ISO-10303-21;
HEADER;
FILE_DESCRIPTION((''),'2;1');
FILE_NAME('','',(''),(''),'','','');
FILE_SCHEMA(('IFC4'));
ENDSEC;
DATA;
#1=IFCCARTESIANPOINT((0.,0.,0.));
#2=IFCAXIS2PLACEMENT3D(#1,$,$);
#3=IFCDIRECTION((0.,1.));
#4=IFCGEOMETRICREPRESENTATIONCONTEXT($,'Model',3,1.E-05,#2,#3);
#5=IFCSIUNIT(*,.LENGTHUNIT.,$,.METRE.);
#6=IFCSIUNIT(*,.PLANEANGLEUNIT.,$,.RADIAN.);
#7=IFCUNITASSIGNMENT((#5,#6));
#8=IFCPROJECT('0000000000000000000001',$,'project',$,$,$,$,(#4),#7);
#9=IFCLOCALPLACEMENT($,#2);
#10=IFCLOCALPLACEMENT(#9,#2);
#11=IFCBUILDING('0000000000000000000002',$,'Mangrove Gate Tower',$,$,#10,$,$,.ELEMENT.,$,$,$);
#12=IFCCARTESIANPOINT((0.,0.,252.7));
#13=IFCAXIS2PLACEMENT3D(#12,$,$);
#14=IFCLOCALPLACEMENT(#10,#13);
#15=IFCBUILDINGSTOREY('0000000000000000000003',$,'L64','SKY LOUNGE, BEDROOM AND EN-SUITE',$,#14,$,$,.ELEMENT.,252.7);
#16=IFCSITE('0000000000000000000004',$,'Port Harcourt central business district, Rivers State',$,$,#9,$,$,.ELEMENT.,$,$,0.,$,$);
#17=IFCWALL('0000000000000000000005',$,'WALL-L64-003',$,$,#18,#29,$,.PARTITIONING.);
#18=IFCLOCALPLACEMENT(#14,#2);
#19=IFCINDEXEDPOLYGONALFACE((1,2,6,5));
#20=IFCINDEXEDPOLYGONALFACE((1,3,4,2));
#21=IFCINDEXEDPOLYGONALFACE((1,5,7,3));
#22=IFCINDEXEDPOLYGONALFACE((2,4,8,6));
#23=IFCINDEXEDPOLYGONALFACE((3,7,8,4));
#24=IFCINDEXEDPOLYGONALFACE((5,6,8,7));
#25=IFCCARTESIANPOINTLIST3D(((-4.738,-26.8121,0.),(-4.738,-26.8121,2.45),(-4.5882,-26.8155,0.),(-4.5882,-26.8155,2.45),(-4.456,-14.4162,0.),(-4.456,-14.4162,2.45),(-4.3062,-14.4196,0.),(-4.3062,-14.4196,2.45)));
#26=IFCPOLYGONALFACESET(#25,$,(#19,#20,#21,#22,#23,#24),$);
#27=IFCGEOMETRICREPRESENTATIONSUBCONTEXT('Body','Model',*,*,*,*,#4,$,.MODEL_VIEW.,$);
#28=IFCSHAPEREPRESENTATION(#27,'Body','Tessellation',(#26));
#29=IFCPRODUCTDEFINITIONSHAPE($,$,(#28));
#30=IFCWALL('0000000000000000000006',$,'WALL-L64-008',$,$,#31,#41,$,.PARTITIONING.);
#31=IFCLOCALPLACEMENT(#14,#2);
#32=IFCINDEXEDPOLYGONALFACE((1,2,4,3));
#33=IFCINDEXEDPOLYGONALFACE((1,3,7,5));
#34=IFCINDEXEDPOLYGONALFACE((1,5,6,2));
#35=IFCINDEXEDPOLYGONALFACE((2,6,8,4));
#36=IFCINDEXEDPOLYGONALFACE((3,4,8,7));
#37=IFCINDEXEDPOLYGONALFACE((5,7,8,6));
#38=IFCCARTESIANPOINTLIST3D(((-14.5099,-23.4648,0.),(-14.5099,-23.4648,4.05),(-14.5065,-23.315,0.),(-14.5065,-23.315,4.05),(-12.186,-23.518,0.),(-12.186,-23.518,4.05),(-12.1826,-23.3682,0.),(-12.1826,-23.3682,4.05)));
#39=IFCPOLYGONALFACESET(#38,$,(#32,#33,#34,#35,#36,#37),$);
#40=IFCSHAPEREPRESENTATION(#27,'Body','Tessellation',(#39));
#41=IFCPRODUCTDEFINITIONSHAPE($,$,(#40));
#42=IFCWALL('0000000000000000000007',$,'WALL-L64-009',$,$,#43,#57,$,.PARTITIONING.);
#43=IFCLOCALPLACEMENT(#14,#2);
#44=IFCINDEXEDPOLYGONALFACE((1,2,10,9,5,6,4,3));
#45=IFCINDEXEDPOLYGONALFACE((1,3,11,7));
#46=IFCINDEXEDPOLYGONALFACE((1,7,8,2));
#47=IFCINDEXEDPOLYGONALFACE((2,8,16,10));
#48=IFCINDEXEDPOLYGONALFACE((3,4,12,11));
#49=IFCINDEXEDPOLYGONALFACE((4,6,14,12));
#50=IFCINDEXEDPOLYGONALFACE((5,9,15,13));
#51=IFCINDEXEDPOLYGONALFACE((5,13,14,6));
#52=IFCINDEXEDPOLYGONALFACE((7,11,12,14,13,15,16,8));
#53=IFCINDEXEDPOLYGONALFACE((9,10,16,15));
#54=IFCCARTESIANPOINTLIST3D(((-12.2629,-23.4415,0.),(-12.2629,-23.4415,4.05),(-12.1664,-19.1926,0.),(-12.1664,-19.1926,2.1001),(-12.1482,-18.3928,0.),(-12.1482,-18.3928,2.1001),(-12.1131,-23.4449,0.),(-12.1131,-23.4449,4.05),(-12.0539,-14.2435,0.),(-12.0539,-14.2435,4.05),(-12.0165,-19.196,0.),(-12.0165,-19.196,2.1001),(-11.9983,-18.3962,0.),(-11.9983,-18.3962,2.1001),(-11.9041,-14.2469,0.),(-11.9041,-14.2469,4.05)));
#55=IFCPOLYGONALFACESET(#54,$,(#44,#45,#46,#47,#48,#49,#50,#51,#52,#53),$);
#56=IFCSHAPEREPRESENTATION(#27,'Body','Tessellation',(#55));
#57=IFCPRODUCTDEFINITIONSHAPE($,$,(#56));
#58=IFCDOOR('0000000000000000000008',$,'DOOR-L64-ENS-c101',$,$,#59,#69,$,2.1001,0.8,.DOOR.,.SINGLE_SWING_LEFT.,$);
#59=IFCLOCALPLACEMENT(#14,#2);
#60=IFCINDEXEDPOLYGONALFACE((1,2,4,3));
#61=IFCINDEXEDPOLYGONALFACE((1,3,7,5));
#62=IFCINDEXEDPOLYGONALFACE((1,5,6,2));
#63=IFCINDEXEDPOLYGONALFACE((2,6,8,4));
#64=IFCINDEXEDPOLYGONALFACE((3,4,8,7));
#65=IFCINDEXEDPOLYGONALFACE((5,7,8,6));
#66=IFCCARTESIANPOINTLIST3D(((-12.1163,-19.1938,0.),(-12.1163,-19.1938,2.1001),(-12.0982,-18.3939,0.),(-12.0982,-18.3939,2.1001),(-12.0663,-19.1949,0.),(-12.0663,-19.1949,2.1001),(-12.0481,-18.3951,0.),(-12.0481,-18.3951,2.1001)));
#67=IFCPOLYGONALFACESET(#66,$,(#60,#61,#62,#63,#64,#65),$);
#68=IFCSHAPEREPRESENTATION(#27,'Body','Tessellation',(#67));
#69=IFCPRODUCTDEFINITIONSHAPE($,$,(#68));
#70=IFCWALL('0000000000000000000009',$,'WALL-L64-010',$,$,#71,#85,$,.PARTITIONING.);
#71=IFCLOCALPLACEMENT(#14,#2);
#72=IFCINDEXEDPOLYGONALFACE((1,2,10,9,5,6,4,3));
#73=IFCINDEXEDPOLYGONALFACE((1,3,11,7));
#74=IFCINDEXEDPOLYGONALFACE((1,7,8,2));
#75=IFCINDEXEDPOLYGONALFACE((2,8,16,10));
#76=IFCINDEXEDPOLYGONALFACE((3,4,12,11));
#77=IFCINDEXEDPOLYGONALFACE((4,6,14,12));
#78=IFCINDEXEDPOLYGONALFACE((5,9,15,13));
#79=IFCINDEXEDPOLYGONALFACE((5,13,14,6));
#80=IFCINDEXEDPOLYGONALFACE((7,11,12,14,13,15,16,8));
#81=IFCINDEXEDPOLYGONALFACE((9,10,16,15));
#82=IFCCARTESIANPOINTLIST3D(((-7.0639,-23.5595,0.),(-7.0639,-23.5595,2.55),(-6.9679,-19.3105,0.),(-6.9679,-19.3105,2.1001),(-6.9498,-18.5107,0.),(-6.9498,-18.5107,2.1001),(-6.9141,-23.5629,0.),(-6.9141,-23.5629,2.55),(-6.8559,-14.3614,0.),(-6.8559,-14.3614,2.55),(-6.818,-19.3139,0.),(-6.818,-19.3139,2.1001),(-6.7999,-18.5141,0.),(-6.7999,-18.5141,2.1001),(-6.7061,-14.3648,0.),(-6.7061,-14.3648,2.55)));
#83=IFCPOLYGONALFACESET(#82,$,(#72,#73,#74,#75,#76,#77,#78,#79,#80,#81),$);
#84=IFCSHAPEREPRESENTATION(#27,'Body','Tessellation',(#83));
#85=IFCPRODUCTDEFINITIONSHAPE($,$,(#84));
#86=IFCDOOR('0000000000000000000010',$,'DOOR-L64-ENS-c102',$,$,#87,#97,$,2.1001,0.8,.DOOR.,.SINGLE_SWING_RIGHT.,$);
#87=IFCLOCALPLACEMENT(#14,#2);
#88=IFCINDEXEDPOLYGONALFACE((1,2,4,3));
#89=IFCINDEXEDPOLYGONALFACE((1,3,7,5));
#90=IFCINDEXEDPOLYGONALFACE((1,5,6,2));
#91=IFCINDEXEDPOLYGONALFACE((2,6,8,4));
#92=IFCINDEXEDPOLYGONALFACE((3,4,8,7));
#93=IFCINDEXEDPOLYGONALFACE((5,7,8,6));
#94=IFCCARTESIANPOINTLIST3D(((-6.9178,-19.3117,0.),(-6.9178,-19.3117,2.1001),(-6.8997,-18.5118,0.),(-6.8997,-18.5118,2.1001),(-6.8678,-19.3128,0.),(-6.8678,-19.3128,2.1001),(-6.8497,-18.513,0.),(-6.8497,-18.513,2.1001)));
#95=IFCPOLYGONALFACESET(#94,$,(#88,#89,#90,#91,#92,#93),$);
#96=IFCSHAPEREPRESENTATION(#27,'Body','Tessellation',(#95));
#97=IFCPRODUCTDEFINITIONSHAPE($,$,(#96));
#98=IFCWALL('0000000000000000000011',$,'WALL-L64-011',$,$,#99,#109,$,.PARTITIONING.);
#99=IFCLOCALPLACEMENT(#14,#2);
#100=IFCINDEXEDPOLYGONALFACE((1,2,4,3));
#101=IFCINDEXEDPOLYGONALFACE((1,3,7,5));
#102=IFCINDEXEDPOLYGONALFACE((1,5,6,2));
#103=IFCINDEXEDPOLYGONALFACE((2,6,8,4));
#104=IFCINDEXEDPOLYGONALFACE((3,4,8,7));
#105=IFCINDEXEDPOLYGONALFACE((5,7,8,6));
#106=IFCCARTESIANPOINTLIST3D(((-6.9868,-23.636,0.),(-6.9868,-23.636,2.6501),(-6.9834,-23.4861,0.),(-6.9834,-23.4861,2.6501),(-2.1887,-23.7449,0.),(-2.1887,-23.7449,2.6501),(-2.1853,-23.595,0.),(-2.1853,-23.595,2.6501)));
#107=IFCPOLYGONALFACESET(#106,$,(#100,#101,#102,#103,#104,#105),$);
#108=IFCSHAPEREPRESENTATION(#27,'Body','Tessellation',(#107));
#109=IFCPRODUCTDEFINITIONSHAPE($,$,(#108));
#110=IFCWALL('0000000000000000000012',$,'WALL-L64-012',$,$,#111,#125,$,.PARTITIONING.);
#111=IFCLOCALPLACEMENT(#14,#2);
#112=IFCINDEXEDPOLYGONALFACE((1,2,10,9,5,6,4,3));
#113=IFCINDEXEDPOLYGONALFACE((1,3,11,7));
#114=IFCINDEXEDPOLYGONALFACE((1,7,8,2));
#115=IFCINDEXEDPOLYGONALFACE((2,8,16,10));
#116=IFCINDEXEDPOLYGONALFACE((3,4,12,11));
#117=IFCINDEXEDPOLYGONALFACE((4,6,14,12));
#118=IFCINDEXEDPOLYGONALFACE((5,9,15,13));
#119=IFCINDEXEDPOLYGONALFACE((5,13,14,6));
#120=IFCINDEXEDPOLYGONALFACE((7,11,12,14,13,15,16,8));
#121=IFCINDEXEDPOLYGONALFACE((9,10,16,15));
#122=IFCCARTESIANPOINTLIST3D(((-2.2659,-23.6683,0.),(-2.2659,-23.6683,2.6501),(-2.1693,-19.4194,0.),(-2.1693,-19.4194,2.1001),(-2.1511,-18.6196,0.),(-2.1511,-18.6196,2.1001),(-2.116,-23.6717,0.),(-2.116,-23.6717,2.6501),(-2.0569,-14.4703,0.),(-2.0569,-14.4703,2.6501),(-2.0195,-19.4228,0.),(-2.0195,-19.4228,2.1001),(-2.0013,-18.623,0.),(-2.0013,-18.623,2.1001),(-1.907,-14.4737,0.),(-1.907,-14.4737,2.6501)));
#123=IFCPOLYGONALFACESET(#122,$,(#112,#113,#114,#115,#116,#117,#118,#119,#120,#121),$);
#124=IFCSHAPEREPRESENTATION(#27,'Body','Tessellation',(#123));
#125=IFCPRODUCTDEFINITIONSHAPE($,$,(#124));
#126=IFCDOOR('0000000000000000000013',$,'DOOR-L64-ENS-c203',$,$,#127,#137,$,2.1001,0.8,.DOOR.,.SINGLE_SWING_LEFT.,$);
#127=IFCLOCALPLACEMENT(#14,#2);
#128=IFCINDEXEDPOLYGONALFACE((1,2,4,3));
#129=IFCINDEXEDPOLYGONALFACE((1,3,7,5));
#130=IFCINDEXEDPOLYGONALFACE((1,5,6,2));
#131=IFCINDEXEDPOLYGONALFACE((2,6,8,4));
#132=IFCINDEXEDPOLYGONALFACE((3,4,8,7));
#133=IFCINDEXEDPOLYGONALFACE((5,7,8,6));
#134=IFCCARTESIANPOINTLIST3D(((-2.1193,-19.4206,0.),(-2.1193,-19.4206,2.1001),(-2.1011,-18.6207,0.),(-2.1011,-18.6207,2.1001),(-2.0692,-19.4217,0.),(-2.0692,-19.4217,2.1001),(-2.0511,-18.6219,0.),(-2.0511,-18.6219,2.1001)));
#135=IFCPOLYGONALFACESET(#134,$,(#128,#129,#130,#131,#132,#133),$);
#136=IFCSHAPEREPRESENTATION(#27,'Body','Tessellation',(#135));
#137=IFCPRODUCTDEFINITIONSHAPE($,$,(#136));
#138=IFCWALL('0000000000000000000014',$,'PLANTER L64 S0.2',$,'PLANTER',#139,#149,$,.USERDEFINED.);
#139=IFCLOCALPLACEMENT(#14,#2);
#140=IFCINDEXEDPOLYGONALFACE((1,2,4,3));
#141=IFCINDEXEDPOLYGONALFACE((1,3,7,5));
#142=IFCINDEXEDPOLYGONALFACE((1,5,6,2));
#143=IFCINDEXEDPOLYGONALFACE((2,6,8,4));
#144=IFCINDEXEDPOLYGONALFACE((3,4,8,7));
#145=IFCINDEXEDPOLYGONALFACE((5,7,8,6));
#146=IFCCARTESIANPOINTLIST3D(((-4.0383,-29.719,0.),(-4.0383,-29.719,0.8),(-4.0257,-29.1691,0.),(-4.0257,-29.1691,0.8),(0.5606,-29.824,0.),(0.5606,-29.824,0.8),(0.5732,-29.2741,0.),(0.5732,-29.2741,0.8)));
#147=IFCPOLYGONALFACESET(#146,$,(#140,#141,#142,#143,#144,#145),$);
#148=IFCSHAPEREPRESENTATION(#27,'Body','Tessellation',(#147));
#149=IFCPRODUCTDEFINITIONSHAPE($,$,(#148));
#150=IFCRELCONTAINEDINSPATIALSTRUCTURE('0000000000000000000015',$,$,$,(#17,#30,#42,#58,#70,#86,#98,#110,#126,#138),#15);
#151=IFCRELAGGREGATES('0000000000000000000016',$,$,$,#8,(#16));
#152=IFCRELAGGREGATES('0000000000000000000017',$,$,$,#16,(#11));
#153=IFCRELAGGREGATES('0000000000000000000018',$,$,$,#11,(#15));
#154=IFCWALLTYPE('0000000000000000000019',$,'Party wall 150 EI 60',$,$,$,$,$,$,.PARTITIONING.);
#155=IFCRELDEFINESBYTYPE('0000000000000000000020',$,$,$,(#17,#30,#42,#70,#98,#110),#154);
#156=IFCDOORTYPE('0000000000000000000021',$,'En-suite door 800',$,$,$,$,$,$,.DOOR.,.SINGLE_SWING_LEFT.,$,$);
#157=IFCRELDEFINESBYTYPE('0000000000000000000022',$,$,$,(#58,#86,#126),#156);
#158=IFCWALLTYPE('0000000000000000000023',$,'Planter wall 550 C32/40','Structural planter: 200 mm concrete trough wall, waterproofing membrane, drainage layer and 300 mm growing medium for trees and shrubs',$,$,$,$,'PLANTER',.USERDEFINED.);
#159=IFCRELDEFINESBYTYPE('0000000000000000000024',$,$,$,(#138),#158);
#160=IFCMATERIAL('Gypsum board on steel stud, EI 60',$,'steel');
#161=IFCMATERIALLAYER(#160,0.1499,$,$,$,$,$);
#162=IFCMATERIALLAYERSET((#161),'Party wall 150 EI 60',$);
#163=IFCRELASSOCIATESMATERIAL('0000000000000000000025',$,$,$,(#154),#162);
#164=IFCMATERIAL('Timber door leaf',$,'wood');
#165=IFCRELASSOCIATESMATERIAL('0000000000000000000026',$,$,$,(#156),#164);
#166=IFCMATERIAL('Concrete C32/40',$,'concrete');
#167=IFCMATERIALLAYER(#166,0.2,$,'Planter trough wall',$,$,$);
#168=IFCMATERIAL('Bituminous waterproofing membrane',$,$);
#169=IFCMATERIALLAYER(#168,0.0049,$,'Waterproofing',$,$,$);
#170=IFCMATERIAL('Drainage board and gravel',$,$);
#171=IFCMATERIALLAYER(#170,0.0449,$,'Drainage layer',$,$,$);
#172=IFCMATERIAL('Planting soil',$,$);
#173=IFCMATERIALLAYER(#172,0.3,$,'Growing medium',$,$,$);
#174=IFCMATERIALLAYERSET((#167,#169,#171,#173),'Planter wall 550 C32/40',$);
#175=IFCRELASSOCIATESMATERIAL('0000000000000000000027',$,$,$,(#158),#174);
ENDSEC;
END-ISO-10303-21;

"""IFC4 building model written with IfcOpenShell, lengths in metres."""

from ifc_helpers import new_model, si_unit, direction, frame, frame_2d, origin, place, context, subcontext, project, spatial, rectangle, extrude, material, layer, layer_set, type_object, element, fill, save


model = new_model("IFC4")

# Units and contexts
model_context = context("Model", 3, precision=1e-05, world=origin(), true_north=direction((0.0, 1.0)))
body_context = subcontext(model_context, "Body", "Model", "MODEL_VIEW")
ifc_project = project(units=[si_unit("LENGTHUNIT", "METRE"), si_unit("PLANEANGLEUNIT", "RADIAN")], contexts=[model_context])

# Site, building, storey
site_placement = place(None, origin())
site = spatial("IfcSite", under=ifc_project, at=site_placement, Name="Port Harcourt central business district, Rivers State", CompositionType="ELEMENT", RefElevation=0.0)
building_placement = place(site_placement, origin())
building = spatial("IfcBuilding", under=site, at=building_placement, Name="Mangrove Gate Tower", CompositionType="ELEMENT")
storey_placement = place(building_placement, frame((0.0, 0.0, 252.7)))
storey = spatial("IfcBuildingStorey", under=building, at=storey_placement, Name="L64", Description="SKY LOUNGE, BEDROOM AND EN-SUITE", CompositionType="ELEMENT", Elevation=252.7)

# Walls
ifc_material_1 = material(Name="Gypsum board on steel stud, EI 60", Category="steel")
ifc_layer_1 = layer(ifc_material_1, 0.1499)
ifc_layer_set_1 = layer_set([ifc_layer_1], Name="Party wall 150 EI 60")
wall_type_1 = type_object("IfcWallType", Name="Party wall 150 EI 60", PredefinedType="PARTITIONING", material=ifc_layer_set_1)
wall_1_placement = place(storey_placement, frame((-4.6631, -26.814, 0.0), z_axis=(0.0, 0.0, 1.0), x_axis=(0.022742, 0.999741, 0.0)))
element("IfcWall", 1, at=wall_1_placement, inside=storey, type_object=wall_type_1, Name="WALL-L64-003", PredefinedType="PARTITIONING", context=body_context, shape_type="SweptSolid", body=[
    extrude(rectangle(XDim=12.3992, YDim=0.1499, at=frame_2d((6.1997, 0.0))), origin(), (0.0, 0.0, 1.0), 2.45),
])
wall_2_placement = place(storey_placement, frame((-14.5081, -23.3899, 0.0), z_axis=(0.0, 0.0, 1.0), x_axis=(0.999738, -0.022896, 0.0)))
element("IfcWall", 2, at=wall_2_placement, inside=storey, type_object=wall_type_1, Name="WALL-L64-008", PredefinedType="PARTITIONING", context=body_context, shape_type="SweptSolid", body=[
    extrude(rectangle(XDim=2.3245, YDim=0.1499, at=frame_2d((1.1621, 0.0))), origin(), (0.0, 0.0, 1.0), 4.05),
])

# Walls, openings, doors
wall_3_placement = place(storey_placement, frame((-12.188, -23.4431, 0.0), z_axis=(0.0, 0.0, 1.0), x_axis=(0.022715, 0.999742, 0.0)))
wall_3 = element("IfcWall", 3, at=wall_3_placement, inside=storey, type_object=wall_type_1, Name="WALL-L64-009", PredefinedType="PARTITIONING", context=body_context, shape_type="SweptSolid", body=[
    extrude(rectangle(XDim=9.2004, YDim=0.1499, at=frame_2d((4.6001, 0.0))), origin(), (0.0, 0.0, 1.0), 4.05),
])
opening_1_placement = place(wall_3_placement, frame((4.25, 0.0, 0.0)))
opening_1 = element("IfcOpeningElement", 4, at=opening_1_placement, cuts=wall_3, PredefinedType="OPENING", context=body_context, shape_type="SweptSolid", body=[
    extrude(rectangle(XDim=0.8, YDim=2.1001, at=frame_2d((0.3999, 1.05))), frame((0.0, 0.085, 0.0), z_axis=(0.0, -1.0, 0.0), x_axis=(1.0, 0.0, 0.0)), (0.0, 0.0, 1.0), 0.1699),
])
ifc_material_2 = material(Name="Timber door leaf", Category="wood")
door_type = type_object("IfcDoorType", Name="En-suite door 800", OperationType="SINGLE_SWING_LEFT", PredefinedType="DOOR", material=ifc_material_2)
door_1_placement = place(opening_1_placement, origin())
door_1 = element("IfcDoor", 5, at=door_1_placement, inside=storey, type_object=door_type, Name="DOOR-L64-ENS-c101", OperationType="SINGLE_SWING_LEFT", OverallHeight=2.1001, OverallWidth=0.8, PredefinedType="DOOR", context=body_context, shape_type="SweptSolid", body=[
    extrude(rectangle(XDim=0.8, YDim=2.1001, at=frame_2d((0.3999, 1.05))), frame((0.0, 0.0249, 0.0), z_axis=(0.0, -1.0, 0.0), x_axis=(1.0, 0.0, 0.0)), (0.0, 0.0, 1.0), 0.05),
])
fill(opening_1, door_1)
wall_4_placement = place(storey_placement, frame((-6.989, -23.561, 0.0), z_axis=(0.0, 0.0, 1.0), x_axis=(0.022609, 0.999744, 0.0)))
wall_4 = element("IfcWall", 6, at=wall_4_placement, inside=storey, type_object=wall_type_1, Name="WALL-L64-010", PredefinedType="PARTITIONING", context=body_context, shape_type="SweptSolid", body=[
    extrude(rectangle(XDim=9.2004, YDim=0.1499, at=frame_2d((4.6001, 0.0))), origin(), (0.0, 0.0, 1.0), 2.55),
])
opening_2_placement = place(wall_4_placement, frame((4.25, 0.0, 0.0)))
opening_2 = element("IfcOpeningElement", 7, at=opening_2_placement, cuts=wall_4, PredefinedType="OPENING", context=body_context, shape_type="SweptSolid", body=[
    extrude(rectangle(XDim=0.8, YDim=2.1001, at=frame_2d((0.3999, 1.05))), frame((0.0, 0.085, 0.0), z_axis=(0.0, -1.0, 0.0), x_axis=(1.0, 0.0, 0.0)), (0.0, 0.0, 1.0), 0.1699),
])
door_2_placement = place(opening_2_placement, origin())
door_2 = element("IfcDoor", 8, at=door_2_placement, inside=storey, type_object=door_type, Name="DOOR-L64-ENS-c102", OperationType="SINGLE_SWING_RIGHT", OverallHeight=2.1001, OverallWidth=0.8, PredefinedType="DOOR", context=body_context, shape_type="SweptSolid", body=[
    extrude(rectangle(XDim=0.8, YDim=2.1001, at=frame_2d((0.3999, 1.05))), frame((0.0, 0.0249, 0.0), z_axis=(0.0, -1.0, 0.0), x_axis=(1.0, 0.0, 0.0)), (0.0, 0.0, 1.0), 0.05),
])
fill(opening_2, door_2)

# Wall
wall_5_placement = place(storey_placement, frame((-6.9851, -23.561, 0.0), z_axis=(0.0, 0.0, 1.0), x_axis=(0.999743, -0.022688, 0.0)))
element("IfcWall", 9, at=wall_5_placement, inside=storey, type_object=wall_type_1, Name="WALL-L64-011", PredefinedType="PARTITIONING", context=body_context, shape_type="SweptSolid", body=[
    extrude(rectangle(XDim=4.7993, YDim=0.1499, at=frame_2d((2.3997, 0.0))), origin(), (0.0, 0.0, 1.0), 2.6501),
])

# Wall, opening, door
wall_6_placement = place(storey_placement, frame((-2.1909, -23.6699, 0.0), z_axis=(0.0, 0.0, 1.0), x_axis=(0.022715, 0.999742, 0.0)))
wall_6 = element("IfcWall", 10, at=wall_6_placement, inside=storey, type_object=wall_type_1, Name="WALL-L64-012", PredefinedType="PARTITIONING", context=body_context, shape_type="SweptSolid", body=[
    extrude(rectangle(XDim=9.2004, YDim=0.1499, at=frame_2d((4.6001, 0.0))), origin(), (0.0, 0.0, 1.0), 2.6501),
])
opening_3_placement = place(wall_6_placement, frame((4.25, 0.0, 0.0)))
opening_3 = element("IfcOpeningElement", 11, at=opening_3_placement, cuts=wall_6, PredefinedType="OPENING", context=body_context, shape_type="SweptSolid", body=[
    extrude(rectangle(XDim=0.8, YDim=2.1001, at=frame_2d((0.3999, 1.05))), frame((0.0, 0.085, 0.0), z_axis=(0.0, -1.0, 0.0), x_axis=(1.0, 0.0, 0.0)), (0.0, 0.0, 1.0), 0.1699),
])
door_3_placement = place(opening_3_placement, origin())
door_3 = element("IfcDoor", 12, at=door_3_placement, inside=storey, type_object=door_type, Name="DOOR-L64-ENS-c203", OperationType="SINGLE_SWING_LEFT", OverallHeight=2.1001, OverallWidth=0.8, PredefinedType="DOOR", context=body_context, shape_type="SweptSolid", body=[
    extrude(rectangle(XDim=0.8, YDim=2.1001, at=frame_2d((0.3999, 1.05))), frame((0.0, 0.0249, 0.0), z_axis=(0.0, -1.0, 0.0), x_axis=(1.0, 0.0, 0.0)), (0.0, 0.0, 1.0), 0.05),
])
fill(opening_3, door_3)

# Wall
ifc_material_3 = material(Name="Concrete C32/40", Category="concrete")
ifc_layer_2 = layer(ifc_material_3, 0.2, Name="Planter trough wall")
ifc_material_4 = material(Name="Bituminous waterproofing membrane")
ifc_layer_3 = layer(ifc_material_4, 0.0049, Name="Waterproofing")
ifc_material_5 = material(Name="Drainage board and gravel")
ifc_layer_4 = layer(ifc_material_5, 0.0449, Name="Drainage layer")
ifc_material_6 = material(Name="Planting soil")
ifc_layer_5 = layer(ifc_material_6, 0.3, Name="Growing medium")
ifc_layer_set_2 = layer_set([ifc_layer_2, ifc_layer_3, ifc_layer_4, ifc_layer_5], Name="Planter wall 550 C32/40")
wall_type_2 = type_object("IfcWallType", Name="Planter wall 550 C32/40", Description="Structural planter: 200 mm concrete trough wall, waterproofing membrane, drainage layer and 300 mm growing medium for trees and shrubs", ElementType="PLANTER", PredefinedType="USERDEFINED", material=ifc_layer_set_2)
wall_7_placement = place(storey_placement, frame((-4.032, -29.4441, 0.0), z_axis=(0.0, 0.0, 1.0), x_axis=(0.99974, -0.022821, 0.0)))
element("IfcWall", 13, at=wall_7_placement, inside=storey, type_object=wall_type_2, Name="PLANTER L64 S0.2", ObjectType="PLANTER", PredefinedType="USERDEFINED", context=body_context, shape_type="SweptSolid", body=[
    extrude(rectangle(XDim=4.6001, YDim=0.55, at=frame_2d((2.3, 0.0))), origin(), (0.0, 0.0, 1.0), 0.8),
])

save(model, "model.ifc")
